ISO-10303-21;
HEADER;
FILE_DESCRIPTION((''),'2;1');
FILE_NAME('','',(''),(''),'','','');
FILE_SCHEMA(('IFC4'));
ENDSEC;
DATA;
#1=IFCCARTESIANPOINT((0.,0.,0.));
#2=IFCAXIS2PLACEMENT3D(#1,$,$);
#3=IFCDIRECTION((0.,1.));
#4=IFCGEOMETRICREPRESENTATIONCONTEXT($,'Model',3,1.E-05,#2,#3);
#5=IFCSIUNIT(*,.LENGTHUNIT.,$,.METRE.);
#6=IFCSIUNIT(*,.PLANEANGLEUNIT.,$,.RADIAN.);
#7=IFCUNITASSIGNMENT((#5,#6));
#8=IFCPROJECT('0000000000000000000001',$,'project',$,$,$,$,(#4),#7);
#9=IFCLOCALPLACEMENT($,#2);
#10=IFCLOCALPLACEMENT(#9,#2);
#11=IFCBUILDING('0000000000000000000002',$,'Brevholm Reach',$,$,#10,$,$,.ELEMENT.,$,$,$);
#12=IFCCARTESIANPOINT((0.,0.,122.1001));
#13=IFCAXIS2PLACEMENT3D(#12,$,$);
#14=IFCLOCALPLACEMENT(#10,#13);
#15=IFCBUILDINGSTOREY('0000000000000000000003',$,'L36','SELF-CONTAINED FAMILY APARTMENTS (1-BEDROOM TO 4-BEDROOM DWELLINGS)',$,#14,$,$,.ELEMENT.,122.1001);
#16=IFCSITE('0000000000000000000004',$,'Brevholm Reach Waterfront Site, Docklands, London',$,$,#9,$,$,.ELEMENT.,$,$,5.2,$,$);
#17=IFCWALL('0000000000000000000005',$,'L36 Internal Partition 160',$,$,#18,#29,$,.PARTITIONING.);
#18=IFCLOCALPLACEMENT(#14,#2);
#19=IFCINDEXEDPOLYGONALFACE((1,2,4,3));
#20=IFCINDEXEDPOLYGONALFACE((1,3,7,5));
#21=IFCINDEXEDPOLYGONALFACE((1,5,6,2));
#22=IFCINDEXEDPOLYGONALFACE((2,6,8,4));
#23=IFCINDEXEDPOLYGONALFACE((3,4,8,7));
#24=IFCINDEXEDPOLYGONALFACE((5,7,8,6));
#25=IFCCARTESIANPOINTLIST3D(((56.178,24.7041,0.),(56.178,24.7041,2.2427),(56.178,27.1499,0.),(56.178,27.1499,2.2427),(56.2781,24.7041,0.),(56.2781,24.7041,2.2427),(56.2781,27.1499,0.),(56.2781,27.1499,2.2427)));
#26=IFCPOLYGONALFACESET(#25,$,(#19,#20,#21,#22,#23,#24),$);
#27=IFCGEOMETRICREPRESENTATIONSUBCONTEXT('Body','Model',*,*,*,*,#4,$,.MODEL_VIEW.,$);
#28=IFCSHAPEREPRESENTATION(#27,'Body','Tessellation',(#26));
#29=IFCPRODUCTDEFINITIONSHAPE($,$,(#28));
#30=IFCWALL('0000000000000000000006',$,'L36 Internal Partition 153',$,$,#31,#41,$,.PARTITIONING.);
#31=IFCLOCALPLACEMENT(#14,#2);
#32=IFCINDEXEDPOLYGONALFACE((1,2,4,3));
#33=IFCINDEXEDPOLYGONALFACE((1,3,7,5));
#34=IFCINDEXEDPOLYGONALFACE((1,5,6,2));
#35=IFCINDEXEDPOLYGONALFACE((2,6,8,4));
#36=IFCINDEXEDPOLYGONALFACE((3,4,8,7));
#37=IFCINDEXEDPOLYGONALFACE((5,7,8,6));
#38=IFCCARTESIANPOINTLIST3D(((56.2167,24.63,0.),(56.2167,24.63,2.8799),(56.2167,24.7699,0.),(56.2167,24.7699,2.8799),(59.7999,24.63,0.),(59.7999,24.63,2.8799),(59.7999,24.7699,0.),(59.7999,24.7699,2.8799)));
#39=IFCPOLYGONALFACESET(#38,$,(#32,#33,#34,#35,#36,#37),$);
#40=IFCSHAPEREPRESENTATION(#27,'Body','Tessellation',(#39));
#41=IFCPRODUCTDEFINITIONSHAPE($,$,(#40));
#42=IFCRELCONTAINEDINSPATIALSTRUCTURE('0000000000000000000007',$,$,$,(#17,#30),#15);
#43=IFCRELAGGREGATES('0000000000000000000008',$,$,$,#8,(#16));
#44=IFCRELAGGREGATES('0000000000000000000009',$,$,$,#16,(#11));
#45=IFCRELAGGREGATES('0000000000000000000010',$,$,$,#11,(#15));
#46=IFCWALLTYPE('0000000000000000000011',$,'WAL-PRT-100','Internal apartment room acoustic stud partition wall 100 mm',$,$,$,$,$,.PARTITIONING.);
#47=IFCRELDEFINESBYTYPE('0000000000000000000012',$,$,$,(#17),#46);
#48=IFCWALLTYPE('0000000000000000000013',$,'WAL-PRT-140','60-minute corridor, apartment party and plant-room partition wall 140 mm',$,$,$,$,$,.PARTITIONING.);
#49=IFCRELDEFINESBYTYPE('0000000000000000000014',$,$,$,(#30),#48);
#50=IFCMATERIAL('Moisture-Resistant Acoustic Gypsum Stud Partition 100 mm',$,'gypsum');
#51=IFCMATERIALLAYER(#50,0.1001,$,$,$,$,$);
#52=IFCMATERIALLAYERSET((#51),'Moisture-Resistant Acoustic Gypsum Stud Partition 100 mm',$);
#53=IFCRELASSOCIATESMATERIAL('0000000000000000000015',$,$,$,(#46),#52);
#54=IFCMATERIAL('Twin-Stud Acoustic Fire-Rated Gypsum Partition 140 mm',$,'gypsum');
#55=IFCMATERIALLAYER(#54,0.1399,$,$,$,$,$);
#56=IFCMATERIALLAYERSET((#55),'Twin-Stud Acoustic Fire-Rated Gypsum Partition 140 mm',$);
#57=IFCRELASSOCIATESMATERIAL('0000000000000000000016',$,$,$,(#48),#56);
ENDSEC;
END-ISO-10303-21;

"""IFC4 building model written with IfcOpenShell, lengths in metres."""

from ifc_helpers import new_model, si_unit, direction, frame, frame_2d, origin, place, context, subcontext, project, spatial, rectangle, extrude, material, layer, layer_set, type_object, element, save


model = new_model("IFC4")

# Units and contexts
model_context = context("Model", 3, precision=1e-05, world=origin(), true_north=direction((0.0, 1.0)))
body_context = subcontext(model_context, "Body", "Model", "MODEL_VIEW")
ifc_project = project(units=[si_unit("LENGTHUNIT", "METRE"), si_unit("PLANEANGLEUNIT", "RADIAN")], contexts=[model_context])

# Site, building, storey
site_placement = place(None, origin())
site = spatial("IfcSite", under=ifc_project, at=site_placement, Name="Brevholm Reach Waterfront Site, Docklands, London", CompositionType="ELEMENT", RefElevation=5.2)
building_placement = place(site_placement, origin())
building = spatial("IfcBuilding", under=site, at=building_placement, Name="Brevholm Reach", CompositionType="ELEMENT")
storey_placement = place(building_placement, frame((0.0, 0.0, 122.1001)))
storey = spatial("IfcBuildingStorey", under=building, at=storey_placement, Name="L36", Description="SELF-CONTAINED FAMILY APARTMENTS (1-BEDROOM TO 4-BEDROOM DWELLINGS)", CompositionType="ELEMENT", Elevation=122.1001)

# Shared definitions
ifc_material_1 = material(Name="Moisture-Resistant Acoustic Gypsum Stud Partition 100 mm", Category="gypsum")
ifc_layer_1 = layer(ifc_material_1, 0.1001)
ifc_layer_set_1 = layer_set([ifc_layer_1], Name="Moisture-Resistant Acoustic Gypsum Stud Partition 100 mm")
wall_type_1 = type_object("IfcWallType", Name="WAL-PRT-100", Description="Internal apartment room acoustic stud partition wall 100 mm", PredefinedType="PARTITIONING", material=ifc_layer_set_1)

# Walls
wall_1_placement = place(storey_placement, frame((56.228, 24.7041, 0.0), z_axis=(0.0, 0.0, 1.0), x_axis=(0.0, 1.0, 0.0)))
element("IfcWall", 1, at=wall_1_placement, inside=storey, type_object=wall_type_1, Name="L36 Internal Partition 160", PredefinedType="PARTITIONING", context=body_context, shape_type="SweptSolid", body=[
    extrude(rectangle(XDim=2.4458, YDim=0.1001, at=frame_2d((1.2229, 0.0))), origin(), (0.0, 0.0, 1.0), 2.2427),
])
ifc_material_2 = material(Name="Twin-Stud Acoustic Fire-Rated Gypsum Partition 140 mm", Category="gypsum")
ifc_layer_2 = layer(ifc_material_2, 0.1399)
ifc_layer_set_2 = layer_set([ifc_layer_2], Name="Twin-Stud Acoustic Fire-Rated Gypsum Partition 140 mm")
wall_type_2 = type_object("IfcWallType", Name="WAL-PRT-140", Description="60-minute corridor, apartment party and plant-room partition wall 140 mm", PredefinedType="PARTITIONING", material=ifc_layer_set_2)
wall_2_placement = place(storey_placement, frame((56.2168, 24.7, 0.0), z_axis=(0.0, 0.0, 1.0), x_axis=(1.0, 0.0, 0.0)))
element("IfcWall", 2, at=wall_2_placement, inside=storey, type_object=wall_type_2, Name="L36 Internal Partition 153", PredefinedType="PARTITIONING", context=body_context, shape_type="SweptSolid", body=[
    extrude(rectangle(XDim=3.5833, YDim=0.1399, at=frame_2d((1.7915, 0.0))), origin(), (0.0, 0.0, 1.0), 2.8799),
])

save(model, "model.ifc")
